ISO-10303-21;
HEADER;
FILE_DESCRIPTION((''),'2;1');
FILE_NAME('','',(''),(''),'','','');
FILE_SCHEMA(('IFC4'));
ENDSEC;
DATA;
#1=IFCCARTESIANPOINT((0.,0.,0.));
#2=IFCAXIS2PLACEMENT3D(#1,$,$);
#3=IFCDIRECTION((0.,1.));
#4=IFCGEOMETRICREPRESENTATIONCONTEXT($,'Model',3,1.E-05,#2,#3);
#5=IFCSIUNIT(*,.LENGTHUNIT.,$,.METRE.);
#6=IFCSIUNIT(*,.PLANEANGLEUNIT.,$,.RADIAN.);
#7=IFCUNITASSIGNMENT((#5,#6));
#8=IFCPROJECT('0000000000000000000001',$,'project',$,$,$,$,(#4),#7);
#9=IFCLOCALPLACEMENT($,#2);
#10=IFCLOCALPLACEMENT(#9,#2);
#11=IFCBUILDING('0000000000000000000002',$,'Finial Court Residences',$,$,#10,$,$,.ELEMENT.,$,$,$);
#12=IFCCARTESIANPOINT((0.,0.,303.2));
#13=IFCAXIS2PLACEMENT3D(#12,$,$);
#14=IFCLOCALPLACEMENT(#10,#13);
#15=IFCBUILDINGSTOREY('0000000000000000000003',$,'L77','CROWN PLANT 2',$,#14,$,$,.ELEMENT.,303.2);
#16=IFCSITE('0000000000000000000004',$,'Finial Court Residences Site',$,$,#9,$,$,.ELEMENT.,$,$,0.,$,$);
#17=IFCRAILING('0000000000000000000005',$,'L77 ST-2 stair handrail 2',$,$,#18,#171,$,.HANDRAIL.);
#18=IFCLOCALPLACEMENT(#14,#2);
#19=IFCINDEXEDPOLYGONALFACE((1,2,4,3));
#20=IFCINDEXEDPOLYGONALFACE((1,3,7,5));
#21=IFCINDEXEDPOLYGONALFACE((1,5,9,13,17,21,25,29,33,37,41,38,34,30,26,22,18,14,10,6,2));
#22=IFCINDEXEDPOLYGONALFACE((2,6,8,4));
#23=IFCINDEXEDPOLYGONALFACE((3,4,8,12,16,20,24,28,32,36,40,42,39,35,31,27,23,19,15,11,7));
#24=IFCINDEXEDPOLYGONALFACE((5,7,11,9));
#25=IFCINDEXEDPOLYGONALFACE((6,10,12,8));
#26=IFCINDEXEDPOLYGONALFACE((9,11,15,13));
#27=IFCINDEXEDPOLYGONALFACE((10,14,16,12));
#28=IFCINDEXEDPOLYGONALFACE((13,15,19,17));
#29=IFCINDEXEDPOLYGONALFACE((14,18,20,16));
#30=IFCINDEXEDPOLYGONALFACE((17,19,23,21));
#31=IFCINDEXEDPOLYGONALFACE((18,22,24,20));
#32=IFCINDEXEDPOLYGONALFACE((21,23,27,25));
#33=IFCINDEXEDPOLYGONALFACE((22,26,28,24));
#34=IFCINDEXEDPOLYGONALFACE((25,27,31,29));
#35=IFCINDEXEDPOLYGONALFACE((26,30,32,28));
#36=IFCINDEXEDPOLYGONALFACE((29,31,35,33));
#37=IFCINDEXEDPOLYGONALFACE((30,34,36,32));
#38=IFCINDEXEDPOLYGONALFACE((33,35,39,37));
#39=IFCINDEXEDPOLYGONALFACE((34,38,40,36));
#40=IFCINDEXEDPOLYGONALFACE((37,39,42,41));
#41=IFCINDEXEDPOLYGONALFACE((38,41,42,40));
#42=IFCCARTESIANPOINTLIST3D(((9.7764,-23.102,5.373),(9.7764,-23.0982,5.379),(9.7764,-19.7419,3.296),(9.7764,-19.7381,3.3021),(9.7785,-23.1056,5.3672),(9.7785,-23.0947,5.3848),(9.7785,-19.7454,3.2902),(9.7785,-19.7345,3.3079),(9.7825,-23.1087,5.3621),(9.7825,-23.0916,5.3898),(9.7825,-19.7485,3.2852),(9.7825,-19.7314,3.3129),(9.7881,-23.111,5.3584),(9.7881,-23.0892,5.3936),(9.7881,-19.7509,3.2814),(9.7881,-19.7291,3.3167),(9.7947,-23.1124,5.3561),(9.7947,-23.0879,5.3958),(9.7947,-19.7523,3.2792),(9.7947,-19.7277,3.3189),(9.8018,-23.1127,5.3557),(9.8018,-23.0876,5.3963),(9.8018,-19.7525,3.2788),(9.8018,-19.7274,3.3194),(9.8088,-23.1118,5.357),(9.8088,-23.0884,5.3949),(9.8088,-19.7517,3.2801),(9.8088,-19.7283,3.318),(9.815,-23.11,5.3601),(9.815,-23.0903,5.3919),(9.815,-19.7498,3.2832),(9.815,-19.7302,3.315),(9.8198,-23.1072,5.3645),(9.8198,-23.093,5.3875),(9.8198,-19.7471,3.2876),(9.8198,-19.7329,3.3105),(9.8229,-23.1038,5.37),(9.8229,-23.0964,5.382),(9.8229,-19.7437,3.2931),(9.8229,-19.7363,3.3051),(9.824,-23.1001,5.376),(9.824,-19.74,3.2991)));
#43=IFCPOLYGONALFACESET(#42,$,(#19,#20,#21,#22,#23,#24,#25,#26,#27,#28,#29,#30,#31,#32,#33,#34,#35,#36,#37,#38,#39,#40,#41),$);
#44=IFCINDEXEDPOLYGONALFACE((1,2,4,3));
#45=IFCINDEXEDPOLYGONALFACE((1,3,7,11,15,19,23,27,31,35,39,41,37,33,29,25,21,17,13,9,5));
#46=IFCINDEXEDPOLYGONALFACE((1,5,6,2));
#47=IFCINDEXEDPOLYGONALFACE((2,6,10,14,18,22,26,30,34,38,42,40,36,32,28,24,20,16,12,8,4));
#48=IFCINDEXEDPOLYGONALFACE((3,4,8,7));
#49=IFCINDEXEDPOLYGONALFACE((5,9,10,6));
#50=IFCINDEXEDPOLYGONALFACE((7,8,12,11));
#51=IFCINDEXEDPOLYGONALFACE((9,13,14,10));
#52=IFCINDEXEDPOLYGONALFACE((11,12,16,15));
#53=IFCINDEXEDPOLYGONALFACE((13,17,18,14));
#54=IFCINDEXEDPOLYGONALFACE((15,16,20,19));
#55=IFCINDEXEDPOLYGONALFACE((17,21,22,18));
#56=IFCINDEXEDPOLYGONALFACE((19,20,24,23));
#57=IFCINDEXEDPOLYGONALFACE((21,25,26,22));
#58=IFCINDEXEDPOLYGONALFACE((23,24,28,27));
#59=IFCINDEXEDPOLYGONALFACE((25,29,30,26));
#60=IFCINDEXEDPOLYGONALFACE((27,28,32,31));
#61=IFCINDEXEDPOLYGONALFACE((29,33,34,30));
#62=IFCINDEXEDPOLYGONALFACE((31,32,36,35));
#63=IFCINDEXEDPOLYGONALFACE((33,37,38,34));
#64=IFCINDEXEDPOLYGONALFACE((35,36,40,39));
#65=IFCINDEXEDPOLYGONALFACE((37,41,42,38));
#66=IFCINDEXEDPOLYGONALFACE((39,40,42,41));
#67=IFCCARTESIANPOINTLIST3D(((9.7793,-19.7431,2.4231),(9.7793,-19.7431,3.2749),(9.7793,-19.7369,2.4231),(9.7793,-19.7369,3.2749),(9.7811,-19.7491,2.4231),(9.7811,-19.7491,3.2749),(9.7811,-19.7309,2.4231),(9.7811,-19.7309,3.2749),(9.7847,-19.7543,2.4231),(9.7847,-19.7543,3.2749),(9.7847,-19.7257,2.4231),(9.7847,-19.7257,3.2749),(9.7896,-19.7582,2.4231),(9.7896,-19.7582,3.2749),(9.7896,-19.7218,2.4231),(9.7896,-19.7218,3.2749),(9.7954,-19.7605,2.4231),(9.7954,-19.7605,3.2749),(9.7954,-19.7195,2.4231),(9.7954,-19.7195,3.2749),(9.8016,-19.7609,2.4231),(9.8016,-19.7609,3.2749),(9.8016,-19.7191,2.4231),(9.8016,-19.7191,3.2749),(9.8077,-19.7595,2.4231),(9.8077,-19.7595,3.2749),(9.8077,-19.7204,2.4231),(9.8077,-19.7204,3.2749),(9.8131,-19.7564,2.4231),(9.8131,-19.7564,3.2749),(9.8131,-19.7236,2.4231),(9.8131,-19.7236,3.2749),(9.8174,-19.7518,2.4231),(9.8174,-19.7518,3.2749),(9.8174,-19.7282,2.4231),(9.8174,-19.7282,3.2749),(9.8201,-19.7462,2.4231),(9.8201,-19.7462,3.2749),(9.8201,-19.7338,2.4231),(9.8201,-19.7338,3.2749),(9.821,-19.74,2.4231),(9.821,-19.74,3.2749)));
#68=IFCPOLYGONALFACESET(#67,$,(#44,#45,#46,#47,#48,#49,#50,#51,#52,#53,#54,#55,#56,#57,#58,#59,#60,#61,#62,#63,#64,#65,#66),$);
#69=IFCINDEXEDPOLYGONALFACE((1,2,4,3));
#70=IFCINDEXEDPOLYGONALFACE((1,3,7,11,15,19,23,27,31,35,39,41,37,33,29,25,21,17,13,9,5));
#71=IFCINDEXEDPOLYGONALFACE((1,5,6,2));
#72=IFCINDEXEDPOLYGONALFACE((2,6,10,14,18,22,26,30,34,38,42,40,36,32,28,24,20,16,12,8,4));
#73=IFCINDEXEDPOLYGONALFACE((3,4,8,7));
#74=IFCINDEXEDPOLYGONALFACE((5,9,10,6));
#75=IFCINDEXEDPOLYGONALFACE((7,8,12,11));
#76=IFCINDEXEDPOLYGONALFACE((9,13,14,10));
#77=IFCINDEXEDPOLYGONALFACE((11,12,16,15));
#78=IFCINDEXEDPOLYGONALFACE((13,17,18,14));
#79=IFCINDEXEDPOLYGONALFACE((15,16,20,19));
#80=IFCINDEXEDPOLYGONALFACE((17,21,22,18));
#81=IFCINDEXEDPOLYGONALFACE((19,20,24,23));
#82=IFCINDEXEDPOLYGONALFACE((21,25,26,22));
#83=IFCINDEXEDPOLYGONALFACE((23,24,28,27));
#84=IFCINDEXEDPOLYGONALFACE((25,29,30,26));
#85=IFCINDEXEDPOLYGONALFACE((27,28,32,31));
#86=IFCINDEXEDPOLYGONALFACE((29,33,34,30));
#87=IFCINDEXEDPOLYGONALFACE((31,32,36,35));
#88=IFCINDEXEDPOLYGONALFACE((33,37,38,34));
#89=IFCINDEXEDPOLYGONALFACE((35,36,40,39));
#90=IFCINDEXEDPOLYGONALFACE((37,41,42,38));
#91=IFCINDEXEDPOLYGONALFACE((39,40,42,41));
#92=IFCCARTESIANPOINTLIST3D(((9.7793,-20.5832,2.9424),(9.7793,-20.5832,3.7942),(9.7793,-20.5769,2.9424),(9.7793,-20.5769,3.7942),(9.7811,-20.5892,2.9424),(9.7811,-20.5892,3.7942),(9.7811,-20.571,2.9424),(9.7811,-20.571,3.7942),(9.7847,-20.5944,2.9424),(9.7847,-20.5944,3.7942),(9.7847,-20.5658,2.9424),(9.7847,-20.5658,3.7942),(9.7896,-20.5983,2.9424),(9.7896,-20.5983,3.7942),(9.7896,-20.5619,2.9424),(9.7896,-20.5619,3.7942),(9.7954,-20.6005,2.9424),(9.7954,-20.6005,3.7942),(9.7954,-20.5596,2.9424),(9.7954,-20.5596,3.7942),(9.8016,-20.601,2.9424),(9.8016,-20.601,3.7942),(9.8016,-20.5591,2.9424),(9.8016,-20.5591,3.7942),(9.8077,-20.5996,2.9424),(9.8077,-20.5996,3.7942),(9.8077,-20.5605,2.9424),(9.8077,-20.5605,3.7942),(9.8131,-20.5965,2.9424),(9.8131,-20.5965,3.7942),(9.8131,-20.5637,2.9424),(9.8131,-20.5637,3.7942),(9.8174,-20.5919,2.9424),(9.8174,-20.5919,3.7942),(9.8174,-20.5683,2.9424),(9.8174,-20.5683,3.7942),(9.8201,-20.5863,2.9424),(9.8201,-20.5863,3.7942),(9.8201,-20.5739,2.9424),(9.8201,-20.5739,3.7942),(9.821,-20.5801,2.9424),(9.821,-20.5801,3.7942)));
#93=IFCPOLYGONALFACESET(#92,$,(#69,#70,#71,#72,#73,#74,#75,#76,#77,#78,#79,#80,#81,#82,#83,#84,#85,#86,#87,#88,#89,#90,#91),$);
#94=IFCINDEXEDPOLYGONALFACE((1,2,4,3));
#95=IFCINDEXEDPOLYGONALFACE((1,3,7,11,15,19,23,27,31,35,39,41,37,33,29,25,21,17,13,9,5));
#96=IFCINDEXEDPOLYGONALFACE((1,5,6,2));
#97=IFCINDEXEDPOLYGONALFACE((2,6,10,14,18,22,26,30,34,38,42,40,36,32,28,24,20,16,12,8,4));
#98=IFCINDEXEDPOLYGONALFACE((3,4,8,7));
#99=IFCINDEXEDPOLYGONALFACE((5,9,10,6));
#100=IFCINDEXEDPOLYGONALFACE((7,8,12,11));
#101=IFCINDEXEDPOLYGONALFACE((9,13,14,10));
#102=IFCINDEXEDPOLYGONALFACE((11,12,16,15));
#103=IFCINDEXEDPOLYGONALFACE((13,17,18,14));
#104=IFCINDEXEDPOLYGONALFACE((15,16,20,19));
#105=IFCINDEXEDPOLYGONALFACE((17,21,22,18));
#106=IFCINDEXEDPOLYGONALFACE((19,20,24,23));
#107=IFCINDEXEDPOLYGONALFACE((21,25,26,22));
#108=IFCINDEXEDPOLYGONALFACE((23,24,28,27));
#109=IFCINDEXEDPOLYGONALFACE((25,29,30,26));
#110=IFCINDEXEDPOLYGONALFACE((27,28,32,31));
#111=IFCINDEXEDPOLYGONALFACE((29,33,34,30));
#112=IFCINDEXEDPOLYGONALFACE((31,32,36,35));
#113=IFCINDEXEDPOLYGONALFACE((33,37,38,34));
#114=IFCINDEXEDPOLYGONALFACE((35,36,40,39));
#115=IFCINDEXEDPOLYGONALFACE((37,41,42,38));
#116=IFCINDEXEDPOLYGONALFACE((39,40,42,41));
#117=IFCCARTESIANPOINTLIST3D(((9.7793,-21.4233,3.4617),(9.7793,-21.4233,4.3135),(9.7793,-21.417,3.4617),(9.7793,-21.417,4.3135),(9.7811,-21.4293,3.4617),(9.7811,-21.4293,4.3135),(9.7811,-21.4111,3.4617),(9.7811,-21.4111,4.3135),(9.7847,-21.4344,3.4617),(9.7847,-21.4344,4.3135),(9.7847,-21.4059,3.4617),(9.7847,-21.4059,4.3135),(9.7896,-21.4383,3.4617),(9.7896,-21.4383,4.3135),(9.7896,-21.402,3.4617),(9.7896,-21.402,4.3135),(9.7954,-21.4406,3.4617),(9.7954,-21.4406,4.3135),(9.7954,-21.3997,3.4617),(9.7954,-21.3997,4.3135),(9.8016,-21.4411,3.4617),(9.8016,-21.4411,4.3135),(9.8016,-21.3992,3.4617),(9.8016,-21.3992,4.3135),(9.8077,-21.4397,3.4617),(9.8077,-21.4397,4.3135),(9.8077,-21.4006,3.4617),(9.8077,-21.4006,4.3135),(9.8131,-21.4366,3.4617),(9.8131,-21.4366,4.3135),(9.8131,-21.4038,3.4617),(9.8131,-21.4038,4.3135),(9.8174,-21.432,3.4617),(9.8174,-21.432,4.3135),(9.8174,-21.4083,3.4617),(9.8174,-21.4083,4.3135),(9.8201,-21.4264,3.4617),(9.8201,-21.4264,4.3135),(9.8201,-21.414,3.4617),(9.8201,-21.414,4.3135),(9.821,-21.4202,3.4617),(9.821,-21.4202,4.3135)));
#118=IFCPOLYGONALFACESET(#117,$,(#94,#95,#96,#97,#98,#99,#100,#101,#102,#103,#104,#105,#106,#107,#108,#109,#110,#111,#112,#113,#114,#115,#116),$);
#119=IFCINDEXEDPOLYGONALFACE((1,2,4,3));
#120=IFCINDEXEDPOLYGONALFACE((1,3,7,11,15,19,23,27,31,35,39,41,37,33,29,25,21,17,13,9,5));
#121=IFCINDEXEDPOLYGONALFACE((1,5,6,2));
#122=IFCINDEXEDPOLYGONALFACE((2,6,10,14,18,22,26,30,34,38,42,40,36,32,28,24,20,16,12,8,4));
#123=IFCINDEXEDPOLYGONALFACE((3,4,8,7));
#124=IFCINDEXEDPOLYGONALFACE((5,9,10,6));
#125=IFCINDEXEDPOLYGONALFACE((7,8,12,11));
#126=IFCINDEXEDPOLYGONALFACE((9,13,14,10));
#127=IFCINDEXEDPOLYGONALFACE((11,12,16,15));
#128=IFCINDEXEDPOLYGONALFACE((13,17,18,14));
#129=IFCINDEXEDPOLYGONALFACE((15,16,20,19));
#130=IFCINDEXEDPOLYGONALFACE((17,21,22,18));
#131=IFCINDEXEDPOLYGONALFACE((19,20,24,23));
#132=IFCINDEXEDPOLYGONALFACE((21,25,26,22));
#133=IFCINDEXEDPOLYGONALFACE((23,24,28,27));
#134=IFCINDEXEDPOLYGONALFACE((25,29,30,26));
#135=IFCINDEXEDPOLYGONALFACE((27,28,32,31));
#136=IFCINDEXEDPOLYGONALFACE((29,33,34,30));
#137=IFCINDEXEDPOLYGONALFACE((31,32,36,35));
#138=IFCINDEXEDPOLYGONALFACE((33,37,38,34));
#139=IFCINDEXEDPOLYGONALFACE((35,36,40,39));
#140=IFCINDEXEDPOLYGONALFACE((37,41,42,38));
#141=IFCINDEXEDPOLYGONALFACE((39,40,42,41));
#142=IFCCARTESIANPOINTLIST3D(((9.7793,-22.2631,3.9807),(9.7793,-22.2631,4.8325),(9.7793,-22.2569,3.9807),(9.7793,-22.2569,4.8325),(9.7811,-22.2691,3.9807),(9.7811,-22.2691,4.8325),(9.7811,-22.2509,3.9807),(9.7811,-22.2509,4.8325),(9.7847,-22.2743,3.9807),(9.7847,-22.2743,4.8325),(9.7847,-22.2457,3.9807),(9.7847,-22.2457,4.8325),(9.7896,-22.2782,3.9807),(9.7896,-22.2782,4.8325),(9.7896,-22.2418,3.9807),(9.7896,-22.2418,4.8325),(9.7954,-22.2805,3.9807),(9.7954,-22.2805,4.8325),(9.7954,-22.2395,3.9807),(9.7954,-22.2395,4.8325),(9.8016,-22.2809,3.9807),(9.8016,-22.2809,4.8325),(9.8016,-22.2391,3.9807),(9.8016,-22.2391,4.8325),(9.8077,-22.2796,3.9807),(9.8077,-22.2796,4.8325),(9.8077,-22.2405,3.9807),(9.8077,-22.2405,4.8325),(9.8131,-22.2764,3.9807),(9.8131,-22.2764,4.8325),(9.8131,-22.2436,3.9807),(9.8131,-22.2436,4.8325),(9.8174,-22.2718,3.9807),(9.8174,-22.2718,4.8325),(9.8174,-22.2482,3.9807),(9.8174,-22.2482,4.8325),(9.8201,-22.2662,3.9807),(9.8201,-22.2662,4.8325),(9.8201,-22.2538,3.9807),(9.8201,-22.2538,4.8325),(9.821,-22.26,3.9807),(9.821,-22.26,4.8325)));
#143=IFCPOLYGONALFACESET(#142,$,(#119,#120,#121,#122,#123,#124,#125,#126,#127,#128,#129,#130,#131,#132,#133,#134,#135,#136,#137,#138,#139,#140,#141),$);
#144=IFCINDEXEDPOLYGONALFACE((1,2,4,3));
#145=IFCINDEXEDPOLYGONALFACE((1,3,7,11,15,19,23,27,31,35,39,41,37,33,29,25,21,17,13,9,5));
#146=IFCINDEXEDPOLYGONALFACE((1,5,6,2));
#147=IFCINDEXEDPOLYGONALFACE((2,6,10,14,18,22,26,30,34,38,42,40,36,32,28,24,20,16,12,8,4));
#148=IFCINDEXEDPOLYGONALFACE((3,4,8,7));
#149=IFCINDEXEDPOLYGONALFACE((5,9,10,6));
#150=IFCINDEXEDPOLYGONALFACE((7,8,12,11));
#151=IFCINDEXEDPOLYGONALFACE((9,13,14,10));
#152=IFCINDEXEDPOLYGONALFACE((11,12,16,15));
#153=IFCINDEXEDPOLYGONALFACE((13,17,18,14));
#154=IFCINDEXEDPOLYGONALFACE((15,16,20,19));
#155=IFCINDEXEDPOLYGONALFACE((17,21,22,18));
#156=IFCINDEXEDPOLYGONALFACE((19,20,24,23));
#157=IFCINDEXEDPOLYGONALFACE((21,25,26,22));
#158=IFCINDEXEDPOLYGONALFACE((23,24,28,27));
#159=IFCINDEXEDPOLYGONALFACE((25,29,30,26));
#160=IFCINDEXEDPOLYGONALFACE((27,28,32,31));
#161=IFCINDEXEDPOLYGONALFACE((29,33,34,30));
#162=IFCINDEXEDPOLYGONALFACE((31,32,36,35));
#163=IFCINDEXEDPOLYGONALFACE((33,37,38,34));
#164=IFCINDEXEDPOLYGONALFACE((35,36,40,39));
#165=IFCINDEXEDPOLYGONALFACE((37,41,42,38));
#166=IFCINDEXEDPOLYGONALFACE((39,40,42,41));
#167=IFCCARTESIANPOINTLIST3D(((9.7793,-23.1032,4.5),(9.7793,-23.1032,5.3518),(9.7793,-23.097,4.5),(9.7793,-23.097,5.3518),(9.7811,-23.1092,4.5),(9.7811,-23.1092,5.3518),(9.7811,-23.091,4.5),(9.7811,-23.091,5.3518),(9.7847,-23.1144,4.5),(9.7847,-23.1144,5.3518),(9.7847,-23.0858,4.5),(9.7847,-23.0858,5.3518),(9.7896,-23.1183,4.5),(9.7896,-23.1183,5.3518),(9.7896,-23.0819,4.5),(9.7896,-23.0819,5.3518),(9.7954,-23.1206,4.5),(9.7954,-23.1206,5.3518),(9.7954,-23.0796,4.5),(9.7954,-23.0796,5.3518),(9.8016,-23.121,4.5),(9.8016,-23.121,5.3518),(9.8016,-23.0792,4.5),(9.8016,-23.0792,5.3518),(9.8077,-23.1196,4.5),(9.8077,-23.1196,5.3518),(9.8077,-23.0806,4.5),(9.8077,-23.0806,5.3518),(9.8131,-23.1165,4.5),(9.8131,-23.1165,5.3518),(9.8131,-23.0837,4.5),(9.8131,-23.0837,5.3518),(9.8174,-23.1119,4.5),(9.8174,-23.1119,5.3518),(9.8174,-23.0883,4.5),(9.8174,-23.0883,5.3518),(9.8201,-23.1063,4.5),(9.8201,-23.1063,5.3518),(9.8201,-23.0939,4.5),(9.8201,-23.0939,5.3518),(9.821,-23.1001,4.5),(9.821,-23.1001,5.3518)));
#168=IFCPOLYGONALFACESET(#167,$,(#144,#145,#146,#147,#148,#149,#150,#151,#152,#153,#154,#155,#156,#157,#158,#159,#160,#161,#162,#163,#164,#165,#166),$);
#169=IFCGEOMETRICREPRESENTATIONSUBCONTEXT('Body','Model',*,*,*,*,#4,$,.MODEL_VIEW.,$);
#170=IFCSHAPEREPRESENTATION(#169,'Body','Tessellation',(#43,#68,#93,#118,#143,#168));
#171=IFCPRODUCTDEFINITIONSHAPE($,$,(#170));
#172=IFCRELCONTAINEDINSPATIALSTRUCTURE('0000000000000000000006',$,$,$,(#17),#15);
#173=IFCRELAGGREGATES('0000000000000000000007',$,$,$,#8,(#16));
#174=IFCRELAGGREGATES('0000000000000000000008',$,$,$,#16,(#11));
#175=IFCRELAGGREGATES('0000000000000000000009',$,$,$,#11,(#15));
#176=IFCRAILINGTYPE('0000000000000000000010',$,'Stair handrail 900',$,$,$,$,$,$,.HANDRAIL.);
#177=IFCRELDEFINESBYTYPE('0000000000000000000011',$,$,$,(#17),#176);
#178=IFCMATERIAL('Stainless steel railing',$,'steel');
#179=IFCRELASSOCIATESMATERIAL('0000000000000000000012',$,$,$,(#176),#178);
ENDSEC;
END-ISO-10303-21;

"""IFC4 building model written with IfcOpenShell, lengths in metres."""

from ifc_helpers import new_model, si_unit, direction, frame, origin, origin_2d, place, context, subcontext, project, spatial, circle, extrude, material, type_object, element, save


model = new_model("IFC4")

# Units and contexts
model_context = context("Model", 3, precision=1e-05, world=origin(), true_north=direction((0.0, 1.0)))
body_context = subcontext(model_context, "Body", "Model", "MODEL_VIEW")
ifc_project = project(units=[si_unit("LENGTHUNIT", "METRE"), si_unit("PLANEANGLEUNIT", "RADIAN")], contexts=[model_context])

# Site, building, storey
site_placement = place(None, origin())
site = spatial("IfcSite", under=ifc_project, at=site_placement, Name="Finial Court Residences Site", CompositionType="ELEMENT", RefElevation=0.0)
building_placement = place(site_placement, origin())
building = spatial("IfcBuilding", under=site, at=building_placement, Name="Finial Court Residences", CompositionType="ELEMENT")
storey_placement = place(building_placement, frame((0.0, 0.0, 303.2)))
storey = spatial("IfcBuildingStorey", under=building, at=storey_placement, Name="L77", Description="CROWN PLANT 2", CompositionType="ELEMENT", Elevation=303.2)

# Railing
ifc_material_1 = material(Name="Stainless steel railing", Category="steel")
railing_type_1 = type_object("IfcRailingType", Name="Stair handrail 900", PredefinedType="HANDRAIL", material=ifc_material_1)
railing_1_placement = place(storey_placement, frame((9.8, -19.74, 2.4231)))
element("IfcRailing", 1, at=railing_1_placement, inside=storey, type_object=railing_type_1, Name="L77 ST-2 stair handrail 2", PredefinedType="HANDRAIL", context=body_context, shape_type="SweptSolid", body=[
    extrude(circle(Radius=0.0239, at=origin_2d()), frame((0.0, 0.0, 0.876), z_axis=(0.0, -0.850623, 0.525776), x_axis=(1.0, 0.0, 0.0)), (0.0, 0.0, 1.0), 3.9502),
    extrude(circle(Radius=0.021, at=origin_2d()), origin(), (0.0, 0.0, 1.0), 0.8518),
    extrude(circle(Radius=0.021, at=origin_2d()), frame((0.0, -0.8401, 0.5193)), (0.0, 0.0, 1.0), 0.8518),
    extrude(circle(Radius=0.021, at=origin_2d()), frame((0.0, -1.6802, 1.0386)), (0.0, 0.0, 1.0), 0.8518),
    extrude(circle(Radius=0.021, at=origin_2d()), frame((0.0, -2.52, 1.5576)), (0.0, 0.0, 1.0), 0.8518),
    extrude(circle(Radius=0.021, at=origin_2d()), frame((0.0, -3.3601, 2.0769)), (0.0, 0.0, 1.0), 0.8518),
])

save(model, "model.ifc")
